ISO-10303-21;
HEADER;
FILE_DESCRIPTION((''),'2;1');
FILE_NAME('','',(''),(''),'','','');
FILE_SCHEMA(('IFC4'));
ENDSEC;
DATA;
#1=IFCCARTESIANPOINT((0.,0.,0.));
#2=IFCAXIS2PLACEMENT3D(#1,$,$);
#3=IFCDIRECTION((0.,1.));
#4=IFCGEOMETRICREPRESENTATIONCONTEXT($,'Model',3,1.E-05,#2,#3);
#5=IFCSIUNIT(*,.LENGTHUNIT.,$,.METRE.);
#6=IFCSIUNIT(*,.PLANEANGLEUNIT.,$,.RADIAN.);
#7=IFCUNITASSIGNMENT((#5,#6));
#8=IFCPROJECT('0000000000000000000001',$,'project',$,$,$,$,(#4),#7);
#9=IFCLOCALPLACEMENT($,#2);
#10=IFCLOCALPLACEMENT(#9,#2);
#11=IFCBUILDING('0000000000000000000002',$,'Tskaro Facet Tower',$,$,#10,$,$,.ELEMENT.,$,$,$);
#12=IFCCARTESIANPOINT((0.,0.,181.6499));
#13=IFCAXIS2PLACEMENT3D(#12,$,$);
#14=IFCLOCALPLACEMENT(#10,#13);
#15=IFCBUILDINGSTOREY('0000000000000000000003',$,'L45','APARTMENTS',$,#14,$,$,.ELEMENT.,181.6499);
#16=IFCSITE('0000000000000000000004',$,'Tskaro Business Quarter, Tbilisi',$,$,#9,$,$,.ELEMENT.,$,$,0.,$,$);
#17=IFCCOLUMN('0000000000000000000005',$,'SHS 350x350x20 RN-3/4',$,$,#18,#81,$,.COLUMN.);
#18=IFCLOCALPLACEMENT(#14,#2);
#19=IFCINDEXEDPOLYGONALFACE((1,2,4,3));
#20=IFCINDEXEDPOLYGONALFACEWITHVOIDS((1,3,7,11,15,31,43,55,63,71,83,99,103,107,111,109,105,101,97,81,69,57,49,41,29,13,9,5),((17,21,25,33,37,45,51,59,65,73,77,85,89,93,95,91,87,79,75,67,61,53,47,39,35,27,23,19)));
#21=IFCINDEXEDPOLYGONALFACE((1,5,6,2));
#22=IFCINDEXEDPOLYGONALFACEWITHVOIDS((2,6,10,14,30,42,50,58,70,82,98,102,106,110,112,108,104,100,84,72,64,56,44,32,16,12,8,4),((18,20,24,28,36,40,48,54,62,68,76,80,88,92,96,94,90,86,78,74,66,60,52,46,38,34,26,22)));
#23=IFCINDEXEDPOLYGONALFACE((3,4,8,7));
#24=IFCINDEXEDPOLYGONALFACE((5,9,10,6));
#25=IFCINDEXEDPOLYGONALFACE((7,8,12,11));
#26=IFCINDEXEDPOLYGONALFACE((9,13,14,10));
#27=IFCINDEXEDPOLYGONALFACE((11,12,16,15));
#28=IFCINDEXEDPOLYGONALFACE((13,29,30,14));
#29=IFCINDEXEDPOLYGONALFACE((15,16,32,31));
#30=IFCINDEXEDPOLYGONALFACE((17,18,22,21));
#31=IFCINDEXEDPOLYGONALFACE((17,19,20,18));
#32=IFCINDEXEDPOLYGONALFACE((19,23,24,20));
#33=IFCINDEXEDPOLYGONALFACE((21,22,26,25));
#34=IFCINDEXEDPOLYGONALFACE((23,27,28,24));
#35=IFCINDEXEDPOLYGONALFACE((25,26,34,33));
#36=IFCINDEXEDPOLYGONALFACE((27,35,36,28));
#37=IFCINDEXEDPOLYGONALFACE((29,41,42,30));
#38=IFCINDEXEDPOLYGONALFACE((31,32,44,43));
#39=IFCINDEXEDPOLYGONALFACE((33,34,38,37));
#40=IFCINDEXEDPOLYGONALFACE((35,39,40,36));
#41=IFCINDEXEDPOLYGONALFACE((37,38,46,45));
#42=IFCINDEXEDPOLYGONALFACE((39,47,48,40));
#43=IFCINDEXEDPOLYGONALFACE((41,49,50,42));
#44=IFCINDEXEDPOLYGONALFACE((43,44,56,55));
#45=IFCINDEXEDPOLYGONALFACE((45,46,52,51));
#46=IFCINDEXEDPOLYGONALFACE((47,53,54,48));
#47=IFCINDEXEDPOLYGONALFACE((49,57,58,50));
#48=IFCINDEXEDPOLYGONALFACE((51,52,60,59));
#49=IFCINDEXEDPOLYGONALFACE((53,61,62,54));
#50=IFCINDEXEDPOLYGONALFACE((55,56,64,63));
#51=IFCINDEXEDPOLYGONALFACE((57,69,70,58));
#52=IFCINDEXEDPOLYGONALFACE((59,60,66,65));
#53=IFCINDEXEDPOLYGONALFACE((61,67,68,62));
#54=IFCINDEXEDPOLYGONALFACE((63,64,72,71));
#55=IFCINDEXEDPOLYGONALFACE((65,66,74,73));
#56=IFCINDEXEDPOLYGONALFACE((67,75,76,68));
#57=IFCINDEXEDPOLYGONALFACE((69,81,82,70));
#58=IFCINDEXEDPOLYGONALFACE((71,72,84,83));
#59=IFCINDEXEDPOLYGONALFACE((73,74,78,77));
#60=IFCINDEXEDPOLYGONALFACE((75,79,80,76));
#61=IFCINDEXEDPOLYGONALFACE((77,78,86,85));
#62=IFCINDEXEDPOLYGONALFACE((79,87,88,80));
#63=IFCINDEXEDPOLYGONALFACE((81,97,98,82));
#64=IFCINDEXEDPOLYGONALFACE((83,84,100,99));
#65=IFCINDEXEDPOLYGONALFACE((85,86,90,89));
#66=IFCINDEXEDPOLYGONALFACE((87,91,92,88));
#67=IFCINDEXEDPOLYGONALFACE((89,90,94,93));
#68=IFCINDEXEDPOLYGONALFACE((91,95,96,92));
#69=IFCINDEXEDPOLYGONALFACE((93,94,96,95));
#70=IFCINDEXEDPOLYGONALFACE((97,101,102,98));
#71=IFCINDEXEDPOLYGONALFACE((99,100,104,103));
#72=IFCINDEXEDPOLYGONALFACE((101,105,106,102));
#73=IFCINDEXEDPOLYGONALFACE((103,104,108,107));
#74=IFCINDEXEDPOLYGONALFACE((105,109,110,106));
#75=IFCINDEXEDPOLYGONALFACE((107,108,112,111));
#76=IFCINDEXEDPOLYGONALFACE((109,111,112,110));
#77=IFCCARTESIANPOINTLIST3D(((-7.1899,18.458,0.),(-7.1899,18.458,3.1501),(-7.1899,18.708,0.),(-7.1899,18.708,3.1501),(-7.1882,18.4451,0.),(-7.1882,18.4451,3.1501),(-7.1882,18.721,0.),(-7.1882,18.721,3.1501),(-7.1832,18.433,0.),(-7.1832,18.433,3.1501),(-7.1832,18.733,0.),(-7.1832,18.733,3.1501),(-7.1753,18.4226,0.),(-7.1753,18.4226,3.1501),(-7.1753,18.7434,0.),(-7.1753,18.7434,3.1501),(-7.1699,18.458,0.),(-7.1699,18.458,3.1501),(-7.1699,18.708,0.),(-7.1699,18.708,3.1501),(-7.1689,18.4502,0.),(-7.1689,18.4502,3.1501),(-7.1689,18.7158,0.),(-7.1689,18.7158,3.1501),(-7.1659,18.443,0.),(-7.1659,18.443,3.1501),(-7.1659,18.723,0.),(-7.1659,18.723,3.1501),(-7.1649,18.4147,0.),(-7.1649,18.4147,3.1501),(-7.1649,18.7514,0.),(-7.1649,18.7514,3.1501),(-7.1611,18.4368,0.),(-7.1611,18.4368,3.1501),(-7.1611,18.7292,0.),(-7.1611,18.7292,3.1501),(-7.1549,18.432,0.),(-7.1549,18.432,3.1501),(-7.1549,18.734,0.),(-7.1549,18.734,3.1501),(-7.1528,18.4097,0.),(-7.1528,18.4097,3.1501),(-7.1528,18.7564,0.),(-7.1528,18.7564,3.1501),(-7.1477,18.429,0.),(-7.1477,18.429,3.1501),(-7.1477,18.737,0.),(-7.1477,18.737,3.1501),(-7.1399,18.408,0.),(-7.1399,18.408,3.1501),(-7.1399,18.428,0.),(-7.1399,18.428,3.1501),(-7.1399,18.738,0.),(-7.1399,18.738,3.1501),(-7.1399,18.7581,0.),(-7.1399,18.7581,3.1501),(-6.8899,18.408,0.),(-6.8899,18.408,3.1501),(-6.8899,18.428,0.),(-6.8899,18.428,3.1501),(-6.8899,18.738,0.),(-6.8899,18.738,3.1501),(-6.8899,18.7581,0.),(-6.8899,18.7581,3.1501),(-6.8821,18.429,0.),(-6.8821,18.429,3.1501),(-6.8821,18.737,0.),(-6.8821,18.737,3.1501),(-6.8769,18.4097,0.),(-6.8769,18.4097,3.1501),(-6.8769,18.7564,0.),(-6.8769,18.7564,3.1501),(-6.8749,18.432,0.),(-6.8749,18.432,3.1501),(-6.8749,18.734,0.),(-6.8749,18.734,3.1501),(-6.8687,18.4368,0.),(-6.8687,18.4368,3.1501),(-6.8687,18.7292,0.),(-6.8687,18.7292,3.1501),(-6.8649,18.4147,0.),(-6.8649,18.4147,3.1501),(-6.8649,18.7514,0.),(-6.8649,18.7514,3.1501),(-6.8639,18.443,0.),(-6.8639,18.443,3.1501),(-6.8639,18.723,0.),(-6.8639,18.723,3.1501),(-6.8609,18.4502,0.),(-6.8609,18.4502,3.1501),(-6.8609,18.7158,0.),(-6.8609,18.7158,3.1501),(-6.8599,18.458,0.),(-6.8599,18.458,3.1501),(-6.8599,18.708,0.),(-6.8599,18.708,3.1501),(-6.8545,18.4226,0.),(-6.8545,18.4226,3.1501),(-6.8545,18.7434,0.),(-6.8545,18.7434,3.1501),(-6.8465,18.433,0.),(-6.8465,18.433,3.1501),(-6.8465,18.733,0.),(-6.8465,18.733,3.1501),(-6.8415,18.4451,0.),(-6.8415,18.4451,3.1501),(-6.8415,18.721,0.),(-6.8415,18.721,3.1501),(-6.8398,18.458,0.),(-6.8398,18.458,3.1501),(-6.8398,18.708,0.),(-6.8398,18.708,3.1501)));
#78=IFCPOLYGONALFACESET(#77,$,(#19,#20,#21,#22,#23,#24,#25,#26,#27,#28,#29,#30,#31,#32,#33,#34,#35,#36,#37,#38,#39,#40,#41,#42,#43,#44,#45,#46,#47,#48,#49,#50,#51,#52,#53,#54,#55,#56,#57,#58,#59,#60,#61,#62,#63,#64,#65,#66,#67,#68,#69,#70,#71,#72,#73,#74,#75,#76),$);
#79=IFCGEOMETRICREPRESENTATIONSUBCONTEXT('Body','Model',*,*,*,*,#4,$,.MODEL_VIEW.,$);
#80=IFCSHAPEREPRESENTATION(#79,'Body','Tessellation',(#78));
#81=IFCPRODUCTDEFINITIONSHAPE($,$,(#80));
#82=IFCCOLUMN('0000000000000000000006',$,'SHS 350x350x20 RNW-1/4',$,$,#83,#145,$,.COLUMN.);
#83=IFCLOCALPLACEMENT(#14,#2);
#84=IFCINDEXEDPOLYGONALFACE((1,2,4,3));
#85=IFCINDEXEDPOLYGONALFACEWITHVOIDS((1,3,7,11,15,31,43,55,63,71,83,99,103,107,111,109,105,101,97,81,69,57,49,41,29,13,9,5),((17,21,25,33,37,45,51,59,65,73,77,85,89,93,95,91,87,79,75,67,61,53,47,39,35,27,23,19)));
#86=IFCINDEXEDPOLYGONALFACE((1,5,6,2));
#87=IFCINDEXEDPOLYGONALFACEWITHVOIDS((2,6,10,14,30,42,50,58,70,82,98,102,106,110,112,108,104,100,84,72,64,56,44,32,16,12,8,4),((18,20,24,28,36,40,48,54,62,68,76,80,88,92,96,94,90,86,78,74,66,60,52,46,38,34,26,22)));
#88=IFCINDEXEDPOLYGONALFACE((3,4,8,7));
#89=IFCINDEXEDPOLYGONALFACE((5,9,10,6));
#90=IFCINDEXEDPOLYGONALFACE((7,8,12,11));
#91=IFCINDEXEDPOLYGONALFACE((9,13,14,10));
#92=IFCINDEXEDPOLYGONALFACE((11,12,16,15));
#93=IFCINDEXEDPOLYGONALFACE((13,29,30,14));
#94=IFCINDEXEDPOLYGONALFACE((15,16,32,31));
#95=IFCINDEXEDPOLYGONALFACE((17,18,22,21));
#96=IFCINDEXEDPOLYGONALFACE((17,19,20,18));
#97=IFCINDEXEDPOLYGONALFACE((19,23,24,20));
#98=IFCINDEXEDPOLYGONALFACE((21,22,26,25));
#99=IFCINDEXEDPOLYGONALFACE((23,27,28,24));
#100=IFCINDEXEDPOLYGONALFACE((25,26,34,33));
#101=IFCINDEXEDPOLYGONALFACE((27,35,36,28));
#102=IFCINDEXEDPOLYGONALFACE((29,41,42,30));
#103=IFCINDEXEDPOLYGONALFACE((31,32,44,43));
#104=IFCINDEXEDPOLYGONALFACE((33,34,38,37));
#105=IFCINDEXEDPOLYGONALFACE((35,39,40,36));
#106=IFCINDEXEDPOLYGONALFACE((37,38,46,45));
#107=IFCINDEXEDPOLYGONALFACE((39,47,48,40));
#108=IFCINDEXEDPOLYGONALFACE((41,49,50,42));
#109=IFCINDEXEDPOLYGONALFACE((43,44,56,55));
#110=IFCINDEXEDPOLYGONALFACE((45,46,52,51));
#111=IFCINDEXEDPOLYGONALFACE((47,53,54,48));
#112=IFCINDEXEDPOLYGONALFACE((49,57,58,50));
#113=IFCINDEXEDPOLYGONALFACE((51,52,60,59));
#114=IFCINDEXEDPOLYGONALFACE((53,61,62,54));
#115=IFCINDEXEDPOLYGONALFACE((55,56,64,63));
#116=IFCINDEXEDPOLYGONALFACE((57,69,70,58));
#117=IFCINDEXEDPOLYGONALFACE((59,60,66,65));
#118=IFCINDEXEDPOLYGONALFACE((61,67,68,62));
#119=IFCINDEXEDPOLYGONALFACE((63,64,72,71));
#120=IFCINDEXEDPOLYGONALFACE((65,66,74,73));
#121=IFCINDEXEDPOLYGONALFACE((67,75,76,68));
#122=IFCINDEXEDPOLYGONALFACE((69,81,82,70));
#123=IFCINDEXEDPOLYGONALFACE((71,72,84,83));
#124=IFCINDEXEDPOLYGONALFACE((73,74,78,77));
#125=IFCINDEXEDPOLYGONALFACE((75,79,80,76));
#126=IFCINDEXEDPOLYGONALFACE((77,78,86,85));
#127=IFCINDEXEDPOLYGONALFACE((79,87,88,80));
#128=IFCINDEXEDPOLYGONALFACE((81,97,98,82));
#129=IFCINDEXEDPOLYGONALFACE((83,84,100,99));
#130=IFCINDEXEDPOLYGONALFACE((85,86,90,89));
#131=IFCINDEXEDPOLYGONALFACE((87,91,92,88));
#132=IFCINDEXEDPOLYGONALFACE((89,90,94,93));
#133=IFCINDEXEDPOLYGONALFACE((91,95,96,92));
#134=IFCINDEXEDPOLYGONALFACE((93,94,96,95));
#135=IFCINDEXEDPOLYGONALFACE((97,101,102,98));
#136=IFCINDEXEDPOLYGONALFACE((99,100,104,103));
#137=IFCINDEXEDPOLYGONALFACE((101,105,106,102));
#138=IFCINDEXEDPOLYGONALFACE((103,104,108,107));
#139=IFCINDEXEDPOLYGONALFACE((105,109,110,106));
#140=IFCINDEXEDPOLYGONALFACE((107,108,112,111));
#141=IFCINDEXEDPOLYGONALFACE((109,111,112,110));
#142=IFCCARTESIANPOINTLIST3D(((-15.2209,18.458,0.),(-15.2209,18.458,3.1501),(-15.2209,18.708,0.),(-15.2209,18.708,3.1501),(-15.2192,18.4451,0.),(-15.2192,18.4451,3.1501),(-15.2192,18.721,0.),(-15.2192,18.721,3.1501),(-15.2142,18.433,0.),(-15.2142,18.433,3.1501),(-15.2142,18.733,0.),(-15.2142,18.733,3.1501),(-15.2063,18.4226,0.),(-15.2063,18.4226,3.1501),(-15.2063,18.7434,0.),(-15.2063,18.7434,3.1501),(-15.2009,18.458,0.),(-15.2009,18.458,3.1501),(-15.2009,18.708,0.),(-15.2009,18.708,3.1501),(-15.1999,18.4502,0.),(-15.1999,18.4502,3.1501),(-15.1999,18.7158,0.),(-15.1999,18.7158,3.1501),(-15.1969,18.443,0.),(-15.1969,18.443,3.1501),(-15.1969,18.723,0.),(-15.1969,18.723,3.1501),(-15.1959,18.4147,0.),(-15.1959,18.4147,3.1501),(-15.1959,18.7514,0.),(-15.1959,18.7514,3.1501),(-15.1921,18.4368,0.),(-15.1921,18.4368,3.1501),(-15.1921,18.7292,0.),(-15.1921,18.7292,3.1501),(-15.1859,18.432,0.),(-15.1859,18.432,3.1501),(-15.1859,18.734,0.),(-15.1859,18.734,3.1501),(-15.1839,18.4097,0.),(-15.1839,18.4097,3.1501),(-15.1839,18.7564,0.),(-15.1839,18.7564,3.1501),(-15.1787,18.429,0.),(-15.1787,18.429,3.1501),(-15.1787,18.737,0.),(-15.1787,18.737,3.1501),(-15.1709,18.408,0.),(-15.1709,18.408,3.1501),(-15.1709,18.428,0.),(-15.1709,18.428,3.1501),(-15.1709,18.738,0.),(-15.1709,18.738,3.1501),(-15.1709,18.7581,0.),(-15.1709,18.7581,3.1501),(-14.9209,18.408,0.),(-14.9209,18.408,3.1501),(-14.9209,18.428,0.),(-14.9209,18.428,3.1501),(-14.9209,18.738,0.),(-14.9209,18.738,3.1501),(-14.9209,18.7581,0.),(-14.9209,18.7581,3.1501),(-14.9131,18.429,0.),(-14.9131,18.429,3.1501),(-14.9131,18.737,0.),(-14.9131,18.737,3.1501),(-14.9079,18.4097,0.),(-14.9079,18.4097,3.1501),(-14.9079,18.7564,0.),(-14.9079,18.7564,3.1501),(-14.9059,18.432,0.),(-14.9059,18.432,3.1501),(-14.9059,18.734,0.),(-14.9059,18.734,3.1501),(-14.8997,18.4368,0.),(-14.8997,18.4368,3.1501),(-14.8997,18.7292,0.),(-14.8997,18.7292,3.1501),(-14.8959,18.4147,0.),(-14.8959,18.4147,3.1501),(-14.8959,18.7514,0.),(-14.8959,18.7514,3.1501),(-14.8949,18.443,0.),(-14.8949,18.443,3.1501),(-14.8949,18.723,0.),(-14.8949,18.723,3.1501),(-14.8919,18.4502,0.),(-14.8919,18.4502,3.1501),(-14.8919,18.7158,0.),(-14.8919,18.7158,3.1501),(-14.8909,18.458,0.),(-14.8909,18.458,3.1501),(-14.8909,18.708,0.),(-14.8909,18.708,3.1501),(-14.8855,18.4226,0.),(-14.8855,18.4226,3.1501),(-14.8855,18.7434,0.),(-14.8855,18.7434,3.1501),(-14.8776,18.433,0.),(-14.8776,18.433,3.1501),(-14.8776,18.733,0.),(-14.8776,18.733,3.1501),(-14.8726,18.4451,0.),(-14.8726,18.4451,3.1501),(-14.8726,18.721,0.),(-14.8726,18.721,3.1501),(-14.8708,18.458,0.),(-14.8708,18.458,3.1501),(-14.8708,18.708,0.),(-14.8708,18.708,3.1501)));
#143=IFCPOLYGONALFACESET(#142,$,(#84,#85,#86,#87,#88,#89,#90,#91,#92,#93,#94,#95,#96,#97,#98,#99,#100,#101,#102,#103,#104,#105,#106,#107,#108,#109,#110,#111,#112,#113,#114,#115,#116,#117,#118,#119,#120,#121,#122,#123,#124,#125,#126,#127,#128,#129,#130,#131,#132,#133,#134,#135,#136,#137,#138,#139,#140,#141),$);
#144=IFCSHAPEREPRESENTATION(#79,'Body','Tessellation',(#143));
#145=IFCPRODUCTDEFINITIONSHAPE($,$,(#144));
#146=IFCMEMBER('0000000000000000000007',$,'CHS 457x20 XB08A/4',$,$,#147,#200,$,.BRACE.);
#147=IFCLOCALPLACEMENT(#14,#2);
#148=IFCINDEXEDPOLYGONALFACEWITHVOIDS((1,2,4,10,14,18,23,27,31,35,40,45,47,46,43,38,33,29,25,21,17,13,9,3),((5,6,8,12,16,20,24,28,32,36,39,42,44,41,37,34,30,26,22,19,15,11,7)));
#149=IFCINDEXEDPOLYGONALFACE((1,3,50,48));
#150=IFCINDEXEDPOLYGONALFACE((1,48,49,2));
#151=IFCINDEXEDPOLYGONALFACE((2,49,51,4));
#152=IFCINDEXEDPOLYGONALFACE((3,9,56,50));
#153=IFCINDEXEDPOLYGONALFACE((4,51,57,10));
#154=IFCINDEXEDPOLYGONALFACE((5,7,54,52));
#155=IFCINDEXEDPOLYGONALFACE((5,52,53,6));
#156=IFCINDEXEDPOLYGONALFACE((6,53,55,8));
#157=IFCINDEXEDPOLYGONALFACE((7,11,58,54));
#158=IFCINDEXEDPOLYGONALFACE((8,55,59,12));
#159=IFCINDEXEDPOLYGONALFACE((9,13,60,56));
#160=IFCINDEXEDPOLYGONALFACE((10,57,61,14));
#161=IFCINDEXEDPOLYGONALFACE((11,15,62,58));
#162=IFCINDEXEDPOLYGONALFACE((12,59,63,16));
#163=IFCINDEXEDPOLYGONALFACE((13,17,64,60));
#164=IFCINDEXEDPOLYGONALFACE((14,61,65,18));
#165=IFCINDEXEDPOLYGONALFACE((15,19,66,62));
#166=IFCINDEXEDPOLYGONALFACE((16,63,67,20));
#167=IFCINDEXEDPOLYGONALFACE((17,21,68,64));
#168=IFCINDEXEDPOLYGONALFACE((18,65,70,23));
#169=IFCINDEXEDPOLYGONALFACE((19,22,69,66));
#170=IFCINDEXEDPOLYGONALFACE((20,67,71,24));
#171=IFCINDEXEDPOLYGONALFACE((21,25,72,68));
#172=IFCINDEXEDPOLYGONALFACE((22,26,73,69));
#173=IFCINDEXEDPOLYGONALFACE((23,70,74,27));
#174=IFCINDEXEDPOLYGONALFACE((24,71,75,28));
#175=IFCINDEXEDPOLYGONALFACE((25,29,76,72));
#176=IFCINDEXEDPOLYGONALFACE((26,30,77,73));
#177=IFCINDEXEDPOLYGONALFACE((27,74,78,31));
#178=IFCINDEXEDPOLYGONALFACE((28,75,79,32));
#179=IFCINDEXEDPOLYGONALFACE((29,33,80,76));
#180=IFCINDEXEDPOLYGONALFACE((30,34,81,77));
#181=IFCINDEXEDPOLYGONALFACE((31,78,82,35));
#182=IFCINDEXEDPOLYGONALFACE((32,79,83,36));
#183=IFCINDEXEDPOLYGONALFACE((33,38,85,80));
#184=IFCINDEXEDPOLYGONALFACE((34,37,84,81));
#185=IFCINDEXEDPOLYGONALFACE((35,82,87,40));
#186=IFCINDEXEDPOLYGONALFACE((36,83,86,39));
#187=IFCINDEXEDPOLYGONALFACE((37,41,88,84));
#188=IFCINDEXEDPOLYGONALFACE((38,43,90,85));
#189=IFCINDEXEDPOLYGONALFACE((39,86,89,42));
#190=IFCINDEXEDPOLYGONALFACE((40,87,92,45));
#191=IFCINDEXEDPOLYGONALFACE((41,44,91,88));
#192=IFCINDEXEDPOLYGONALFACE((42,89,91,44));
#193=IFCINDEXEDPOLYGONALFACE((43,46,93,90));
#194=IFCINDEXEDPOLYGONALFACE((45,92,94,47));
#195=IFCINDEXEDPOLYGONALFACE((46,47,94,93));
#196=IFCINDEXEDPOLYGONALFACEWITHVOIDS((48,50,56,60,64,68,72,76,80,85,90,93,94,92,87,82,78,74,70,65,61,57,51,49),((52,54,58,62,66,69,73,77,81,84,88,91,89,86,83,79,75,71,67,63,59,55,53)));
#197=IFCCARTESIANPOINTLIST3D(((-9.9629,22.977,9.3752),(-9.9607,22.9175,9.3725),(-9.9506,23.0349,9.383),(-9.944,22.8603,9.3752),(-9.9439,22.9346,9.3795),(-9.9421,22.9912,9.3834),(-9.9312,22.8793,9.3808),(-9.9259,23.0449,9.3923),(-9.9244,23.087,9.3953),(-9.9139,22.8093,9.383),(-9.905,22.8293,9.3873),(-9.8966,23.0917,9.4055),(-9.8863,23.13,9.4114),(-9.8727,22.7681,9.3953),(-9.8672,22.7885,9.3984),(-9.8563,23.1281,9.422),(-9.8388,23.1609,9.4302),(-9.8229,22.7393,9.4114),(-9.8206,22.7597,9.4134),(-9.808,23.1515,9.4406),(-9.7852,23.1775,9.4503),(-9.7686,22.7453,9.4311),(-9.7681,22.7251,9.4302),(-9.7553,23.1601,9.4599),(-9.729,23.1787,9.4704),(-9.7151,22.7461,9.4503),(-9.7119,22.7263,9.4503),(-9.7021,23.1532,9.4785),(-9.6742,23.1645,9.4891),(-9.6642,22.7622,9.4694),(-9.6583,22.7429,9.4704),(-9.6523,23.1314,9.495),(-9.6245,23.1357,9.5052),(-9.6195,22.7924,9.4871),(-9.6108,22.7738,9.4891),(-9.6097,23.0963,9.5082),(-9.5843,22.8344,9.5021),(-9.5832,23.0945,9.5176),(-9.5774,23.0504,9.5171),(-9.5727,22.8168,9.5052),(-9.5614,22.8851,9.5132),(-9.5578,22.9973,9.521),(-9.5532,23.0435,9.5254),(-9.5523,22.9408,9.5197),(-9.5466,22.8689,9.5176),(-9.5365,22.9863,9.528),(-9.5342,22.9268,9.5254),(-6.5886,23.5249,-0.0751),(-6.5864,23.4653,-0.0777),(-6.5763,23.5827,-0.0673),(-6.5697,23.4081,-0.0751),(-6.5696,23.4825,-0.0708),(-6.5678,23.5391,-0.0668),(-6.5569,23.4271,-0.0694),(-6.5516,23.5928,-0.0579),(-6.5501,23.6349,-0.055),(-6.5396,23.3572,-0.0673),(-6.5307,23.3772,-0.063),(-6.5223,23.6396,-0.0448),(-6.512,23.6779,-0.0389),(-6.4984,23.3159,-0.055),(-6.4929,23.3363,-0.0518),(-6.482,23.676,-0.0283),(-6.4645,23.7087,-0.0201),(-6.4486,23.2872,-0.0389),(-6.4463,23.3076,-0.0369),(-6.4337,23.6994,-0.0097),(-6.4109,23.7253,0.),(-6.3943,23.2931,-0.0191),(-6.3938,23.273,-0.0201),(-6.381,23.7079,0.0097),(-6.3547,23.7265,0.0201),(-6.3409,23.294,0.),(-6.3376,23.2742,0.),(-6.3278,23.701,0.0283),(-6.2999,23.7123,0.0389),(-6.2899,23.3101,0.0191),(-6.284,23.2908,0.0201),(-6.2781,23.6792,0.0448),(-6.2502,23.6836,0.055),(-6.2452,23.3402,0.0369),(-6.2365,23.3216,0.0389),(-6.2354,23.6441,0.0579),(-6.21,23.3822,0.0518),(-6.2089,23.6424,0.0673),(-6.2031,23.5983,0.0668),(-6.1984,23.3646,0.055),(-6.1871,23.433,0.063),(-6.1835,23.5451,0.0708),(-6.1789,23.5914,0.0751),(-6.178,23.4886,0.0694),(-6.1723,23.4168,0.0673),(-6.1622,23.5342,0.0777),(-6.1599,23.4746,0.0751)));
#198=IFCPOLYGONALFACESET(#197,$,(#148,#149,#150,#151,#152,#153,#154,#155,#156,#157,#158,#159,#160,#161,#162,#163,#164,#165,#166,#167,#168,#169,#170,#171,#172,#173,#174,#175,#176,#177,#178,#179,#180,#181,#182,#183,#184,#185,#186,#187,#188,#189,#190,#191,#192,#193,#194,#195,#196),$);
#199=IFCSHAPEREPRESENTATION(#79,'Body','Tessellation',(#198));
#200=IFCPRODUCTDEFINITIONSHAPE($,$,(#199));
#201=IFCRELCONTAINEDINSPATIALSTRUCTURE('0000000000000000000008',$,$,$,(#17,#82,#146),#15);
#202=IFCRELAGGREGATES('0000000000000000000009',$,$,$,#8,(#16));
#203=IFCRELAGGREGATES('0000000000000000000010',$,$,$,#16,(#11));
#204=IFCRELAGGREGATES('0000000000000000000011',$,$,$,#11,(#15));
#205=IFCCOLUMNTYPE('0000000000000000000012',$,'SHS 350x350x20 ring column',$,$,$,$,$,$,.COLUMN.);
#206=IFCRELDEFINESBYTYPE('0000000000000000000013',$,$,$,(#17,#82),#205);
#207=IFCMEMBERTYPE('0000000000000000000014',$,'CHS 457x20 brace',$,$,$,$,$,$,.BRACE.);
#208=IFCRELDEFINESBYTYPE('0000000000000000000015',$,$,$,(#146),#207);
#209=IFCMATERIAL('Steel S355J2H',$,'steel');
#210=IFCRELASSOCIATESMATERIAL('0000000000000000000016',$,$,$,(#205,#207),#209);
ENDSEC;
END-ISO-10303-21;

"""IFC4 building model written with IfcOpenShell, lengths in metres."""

from ifc_helpers import new_model, si_unit, direction, frame, origin, origin_2d, place, context, subcontext, project, spatial, hollow_rectangle, hollow_circle, extrude, material, material_profile, profile_set, type_object, element, save


model = new_model("IFC4")

# Units and contexts
model_context = context("Model", 3, precision=1e-05, world=origin(), true_north=direction((0.0, 1.0)))
body_context = subcontext(model_context, "Body", "Model", "MODEL_VIEW")
ifc_project = project(units=[si_unit("LENGTHUNIT", "METRE"), si_unit("PLANEANGLEUNIT", "RADIAN")], contexts=[model_context])

# Site, building, storey
site_placement = place(None, origin())
site = spatial("IfcSite", under=ifc_project, at=site_placement, Name="Tskaro Business Quarter, Tbilisi", CompositionType="ELEMENT", RefElevation=0.0)
building_placement = place(site_placement, origin())
building = spatial("IfcBuilding", under=site, at=building_placement, Name="Tskaro Facet Tower", CompositionType="ELEMENT")
storey_placement = place(building_placement, frame((0.0, 0.0, 181.6499)))
storey = spatial("IfcBuildingStorey", under=building, at=storey_placement, Name="L45", Description="APARTMENTS", CompositionType="ELEMENT", Elevation=181.6499)

# Columns
ifc_material_1 = material(Name="Steel S355J2H", Category="steel")
ifc_material_profile_1 = material_profile(ifc_material_1, hollow_rectangle(XDim=0.3501, YDim=0.3501, WallThickness=0.02, InnerFilletRadius=0.03, OuterFilletRadius=0.05, at=origin_2d()), Name="SHS 350x350x20")
ifc_profile_set_1 = profile_set([ifc_material_profile_1], Name="Steel S355J2H")
column_type = type_object("IfcColumnType", Name="SHS 350x350x20 ring column", PredefinedType="COLUMN", material=ifc_profile_set_1)
for number, where, z_axis, x_axis, name in (
    (1, (-7.0149, 18.583, 0.0), (0.0, 0.0, 1.0), (1.0, 0.0, 0.0), "SHS 350x350x20 RN-3/4"),
    (2, (-15.0459, 18.583, 0.0), (0.0, 0.0, 1.0), (1.0, 0.0, 0.0), "SHS 350x350x20 RNW-1/4"),
):
    element("IfcColumn", number, at=place(storey_placement, frame(where, z_axis=z_axis, x_axis=x_axis)), inside=storey, type_object=column_type, Name=name, PredefinedType="COLUMN", context=body_context, shape_type="SweptSolid", body=[
        extrude(hollow_rectangle(XDim=0.3501, YDim=0.3501, WallThickness=0.02, InnerFilletRadius=0.03, OuterFilletRadius=0.05, at=origin_2d()), origin(), (0.0, 0.0, 1.0), 3.1501),
    ])

# Member
ifc_material_profile_2 = material_profile(ifc_material_1, hollow_circle(Radius=0.2285, WallThickness=0.02, at=origin_2d()), Name="CHS 457x20")
ifc_profile_set_2 = profile_set([ifc_material_profile_2], Name="Steel S355J2H")
member_type_1 = type_object("IfcMemberType", Name="CHS 457x20 brace", PredefinedType="BRACE", material=ifc_profile_set_2)
member_1_placement = place(storey_placement, frame((-6.3743, 23.4998, 0.0), z_axis=(-0.335765, -0.054515, 0.940367), x_axis=(0.160263, -0.987074, 0.0)))
element("IfcMember", 3, at=member_1_placement, inside=storey, type_object=member_type_1, Name="CHS 457x20 XB08A/4", PredefinedType="BRACE", context=body_context, shape_type="SweptSolid", body=[
    extrude(hollow_circle(Radius=0.2285, WallThickness=0.02, at=origin_2d()), origin(), (0.0, 0.0, 1.0), 10.0496),
])

save(model, "model.ifc")
